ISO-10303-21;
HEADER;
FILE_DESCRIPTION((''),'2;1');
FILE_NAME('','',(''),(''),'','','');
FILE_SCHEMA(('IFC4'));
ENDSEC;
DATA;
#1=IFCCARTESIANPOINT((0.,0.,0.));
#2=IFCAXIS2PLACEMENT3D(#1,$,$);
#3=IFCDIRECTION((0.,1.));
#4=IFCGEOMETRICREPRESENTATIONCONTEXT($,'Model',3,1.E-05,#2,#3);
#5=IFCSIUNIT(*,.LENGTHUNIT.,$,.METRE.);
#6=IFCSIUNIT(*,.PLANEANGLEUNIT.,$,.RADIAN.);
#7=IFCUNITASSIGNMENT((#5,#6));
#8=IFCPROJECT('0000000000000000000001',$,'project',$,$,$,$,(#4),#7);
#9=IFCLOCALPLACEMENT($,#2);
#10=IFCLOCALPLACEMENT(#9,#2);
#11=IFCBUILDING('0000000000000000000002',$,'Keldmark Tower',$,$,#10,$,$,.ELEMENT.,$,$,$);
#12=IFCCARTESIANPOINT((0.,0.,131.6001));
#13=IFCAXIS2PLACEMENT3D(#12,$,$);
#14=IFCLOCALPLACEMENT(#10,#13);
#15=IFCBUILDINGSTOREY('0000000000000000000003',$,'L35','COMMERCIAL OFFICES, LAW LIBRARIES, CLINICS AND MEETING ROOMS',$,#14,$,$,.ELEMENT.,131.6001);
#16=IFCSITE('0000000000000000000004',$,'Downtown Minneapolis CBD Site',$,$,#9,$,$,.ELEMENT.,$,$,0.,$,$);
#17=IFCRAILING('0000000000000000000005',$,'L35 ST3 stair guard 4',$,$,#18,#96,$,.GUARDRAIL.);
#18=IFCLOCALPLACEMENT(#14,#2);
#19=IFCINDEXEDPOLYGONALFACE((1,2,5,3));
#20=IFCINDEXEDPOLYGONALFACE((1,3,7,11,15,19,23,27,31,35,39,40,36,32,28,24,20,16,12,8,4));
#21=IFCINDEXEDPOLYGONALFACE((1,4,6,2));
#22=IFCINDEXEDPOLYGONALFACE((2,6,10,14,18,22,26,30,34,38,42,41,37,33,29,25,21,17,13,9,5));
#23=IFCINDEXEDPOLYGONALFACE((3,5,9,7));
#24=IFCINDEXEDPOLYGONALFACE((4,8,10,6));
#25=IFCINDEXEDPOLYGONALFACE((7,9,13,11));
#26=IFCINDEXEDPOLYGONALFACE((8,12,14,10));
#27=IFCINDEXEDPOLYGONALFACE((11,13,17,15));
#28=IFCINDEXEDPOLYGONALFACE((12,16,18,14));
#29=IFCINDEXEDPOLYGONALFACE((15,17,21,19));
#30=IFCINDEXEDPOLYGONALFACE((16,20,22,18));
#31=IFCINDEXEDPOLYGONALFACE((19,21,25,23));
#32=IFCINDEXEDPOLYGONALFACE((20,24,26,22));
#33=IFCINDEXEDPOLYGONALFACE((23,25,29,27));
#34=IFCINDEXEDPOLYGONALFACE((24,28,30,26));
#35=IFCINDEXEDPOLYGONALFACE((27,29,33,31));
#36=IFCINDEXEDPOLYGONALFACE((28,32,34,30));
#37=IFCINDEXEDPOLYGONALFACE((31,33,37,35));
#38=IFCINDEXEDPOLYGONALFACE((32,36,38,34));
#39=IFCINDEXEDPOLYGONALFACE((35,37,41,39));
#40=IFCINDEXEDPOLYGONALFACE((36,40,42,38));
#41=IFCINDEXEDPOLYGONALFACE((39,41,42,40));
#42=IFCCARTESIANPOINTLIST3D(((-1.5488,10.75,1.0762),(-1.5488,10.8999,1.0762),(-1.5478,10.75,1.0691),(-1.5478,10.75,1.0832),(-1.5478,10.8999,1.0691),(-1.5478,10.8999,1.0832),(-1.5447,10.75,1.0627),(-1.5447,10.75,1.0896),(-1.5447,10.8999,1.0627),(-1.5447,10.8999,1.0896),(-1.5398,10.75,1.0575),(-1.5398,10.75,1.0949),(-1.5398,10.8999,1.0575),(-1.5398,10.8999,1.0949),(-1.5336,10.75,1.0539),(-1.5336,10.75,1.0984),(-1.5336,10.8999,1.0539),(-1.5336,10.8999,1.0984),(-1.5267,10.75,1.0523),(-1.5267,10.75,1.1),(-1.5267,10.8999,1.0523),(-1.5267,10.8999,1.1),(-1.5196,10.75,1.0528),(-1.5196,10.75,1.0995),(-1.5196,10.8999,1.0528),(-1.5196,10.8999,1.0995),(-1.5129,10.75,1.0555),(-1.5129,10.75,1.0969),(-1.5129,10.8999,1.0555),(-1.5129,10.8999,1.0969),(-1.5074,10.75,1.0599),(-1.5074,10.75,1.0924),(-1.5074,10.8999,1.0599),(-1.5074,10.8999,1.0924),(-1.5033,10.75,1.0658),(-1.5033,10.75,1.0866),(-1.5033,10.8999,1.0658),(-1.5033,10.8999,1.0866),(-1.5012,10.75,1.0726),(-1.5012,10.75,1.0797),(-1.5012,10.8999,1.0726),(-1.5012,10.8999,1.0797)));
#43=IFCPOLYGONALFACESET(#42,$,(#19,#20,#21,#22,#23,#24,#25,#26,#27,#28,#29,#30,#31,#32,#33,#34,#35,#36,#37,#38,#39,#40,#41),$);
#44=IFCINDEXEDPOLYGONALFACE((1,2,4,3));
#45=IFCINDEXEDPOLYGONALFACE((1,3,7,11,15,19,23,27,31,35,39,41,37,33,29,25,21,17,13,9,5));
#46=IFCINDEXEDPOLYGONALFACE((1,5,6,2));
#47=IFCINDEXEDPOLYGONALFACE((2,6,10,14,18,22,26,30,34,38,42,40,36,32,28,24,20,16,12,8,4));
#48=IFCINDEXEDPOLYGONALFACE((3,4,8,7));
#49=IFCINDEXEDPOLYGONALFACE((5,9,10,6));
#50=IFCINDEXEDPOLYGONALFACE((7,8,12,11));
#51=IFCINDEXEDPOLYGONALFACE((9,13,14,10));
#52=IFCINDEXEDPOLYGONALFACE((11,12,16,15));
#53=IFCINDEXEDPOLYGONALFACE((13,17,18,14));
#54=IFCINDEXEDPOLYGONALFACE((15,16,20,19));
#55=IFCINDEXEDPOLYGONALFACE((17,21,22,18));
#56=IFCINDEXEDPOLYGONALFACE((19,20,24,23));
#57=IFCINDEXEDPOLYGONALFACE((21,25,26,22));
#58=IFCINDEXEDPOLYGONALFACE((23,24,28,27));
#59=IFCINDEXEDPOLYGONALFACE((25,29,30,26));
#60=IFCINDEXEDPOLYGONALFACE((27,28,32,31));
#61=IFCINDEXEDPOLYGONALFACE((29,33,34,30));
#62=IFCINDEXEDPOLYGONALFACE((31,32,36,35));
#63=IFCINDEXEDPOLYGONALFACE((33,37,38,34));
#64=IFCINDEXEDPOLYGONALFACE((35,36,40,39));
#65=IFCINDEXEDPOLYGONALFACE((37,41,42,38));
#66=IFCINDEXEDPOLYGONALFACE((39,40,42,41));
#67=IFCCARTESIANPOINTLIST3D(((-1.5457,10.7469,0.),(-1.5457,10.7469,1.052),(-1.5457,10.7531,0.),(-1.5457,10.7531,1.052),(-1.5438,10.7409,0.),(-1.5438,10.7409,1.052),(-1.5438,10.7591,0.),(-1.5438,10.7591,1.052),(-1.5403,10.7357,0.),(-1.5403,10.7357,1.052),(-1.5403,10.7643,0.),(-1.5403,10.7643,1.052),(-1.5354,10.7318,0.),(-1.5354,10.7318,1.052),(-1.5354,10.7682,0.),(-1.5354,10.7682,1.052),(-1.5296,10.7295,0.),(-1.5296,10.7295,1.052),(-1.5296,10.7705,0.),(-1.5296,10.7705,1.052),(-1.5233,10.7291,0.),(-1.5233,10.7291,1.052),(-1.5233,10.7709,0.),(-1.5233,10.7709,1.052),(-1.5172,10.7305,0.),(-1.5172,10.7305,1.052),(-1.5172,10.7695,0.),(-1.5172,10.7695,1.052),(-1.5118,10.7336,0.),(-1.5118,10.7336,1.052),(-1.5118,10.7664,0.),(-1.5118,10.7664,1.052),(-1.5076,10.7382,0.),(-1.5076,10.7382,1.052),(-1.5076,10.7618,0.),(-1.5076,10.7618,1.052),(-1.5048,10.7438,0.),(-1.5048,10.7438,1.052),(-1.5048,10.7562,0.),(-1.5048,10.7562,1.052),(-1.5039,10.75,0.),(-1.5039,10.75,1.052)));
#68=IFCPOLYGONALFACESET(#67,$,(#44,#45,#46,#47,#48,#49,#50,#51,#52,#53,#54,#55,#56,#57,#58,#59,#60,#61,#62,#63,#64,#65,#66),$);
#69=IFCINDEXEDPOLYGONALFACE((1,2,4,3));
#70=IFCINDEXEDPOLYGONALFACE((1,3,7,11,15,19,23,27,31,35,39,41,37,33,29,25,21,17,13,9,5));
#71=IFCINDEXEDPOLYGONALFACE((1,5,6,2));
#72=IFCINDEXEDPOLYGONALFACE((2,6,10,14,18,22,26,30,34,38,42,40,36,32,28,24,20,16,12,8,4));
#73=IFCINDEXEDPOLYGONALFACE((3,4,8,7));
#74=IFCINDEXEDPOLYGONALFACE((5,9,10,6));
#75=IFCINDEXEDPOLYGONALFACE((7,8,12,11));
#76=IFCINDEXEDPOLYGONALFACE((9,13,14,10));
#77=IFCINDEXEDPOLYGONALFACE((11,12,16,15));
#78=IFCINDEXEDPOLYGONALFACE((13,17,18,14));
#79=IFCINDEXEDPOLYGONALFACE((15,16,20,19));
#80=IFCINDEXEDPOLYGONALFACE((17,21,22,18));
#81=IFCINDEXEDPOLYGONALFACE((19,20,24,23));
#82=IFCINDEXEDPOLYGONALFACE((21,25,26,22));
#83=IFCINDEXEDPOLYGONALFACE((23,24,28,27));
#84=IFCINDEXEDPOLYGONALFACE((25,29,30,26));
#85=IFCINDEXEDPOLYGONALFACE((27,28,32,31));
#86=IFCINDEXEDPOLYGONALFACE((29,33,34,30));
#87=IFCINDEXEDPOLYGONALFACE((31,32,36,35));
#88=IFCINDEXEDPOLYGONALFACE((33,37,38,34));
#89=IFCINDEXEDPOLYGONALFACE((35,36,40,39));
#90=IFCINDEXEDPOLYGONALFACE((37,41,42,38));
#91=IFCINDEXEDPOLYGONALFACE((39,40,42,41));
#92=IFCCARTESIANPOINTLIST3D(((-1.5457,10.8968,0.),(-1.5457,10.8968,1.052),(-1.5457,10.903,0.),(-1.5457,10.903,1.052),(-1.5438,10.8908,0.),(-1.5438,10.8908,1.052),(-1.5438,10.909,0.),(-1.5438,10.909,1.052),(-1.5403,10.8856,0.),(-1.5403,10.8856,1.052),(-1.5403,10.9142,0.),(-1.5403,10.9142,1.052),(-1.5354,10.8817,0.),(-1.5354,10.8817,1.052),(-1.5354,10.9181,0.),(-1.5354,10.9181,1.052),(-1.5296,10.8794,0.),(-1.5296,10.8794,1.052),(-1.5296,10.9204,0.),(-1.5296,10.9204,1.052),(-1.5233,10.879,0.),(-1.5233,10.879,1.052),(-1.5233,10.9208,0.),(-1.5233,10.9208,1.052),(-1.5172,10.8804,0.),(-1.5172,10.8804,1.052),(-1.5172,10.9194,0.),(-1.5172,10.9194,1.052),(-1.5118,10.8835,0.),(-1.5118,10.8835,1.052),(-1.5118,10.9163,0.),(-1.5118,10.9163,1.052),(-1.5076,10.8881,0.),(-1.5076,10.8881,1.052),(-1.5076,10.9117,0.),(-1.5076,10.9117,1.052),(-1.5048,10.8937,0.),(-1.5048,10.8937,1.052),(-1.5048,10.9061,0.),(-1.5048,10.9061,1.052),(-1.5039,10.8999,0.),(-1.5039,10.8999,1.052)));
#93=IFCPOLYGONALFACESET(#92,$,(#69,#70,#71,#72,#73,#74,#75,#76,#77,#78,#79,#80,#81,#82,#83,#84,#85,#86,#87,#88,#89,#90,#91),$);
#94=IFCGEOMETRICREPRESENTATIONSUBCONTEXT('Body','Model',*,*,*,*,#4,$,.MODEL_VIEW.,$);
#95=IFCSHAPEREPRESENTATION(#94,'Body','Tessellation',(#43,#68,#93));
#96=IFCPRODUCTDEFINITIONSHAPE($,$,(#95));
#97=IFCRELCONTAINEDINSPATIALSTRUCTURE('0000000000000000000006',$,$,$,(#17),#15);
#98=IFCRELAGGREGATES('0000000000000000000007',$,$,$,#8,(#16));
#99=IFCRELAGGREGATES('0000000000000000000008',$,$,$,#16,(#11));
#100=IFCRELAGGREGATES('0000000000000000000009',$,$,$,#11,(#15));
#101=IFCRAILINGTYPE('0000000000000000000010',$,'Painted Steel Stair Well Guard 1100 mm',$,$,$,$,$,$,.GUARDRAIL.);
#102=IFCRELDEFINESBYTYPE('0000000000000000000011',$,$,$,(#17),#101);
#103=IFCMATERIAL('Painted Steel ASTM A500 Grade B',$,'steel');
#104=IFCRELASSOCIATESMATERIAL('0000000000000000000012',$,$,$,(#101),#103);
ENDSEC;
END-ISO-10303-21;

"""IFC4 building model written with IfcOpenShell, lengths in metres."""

from ifc_helpers import new_model, si_unit, direction, frame, origin, origin_2d, place, context, subcontext, project, spatial, circle, extrude, material, type_object, element, save


model = new_model("IFC4")

# Units and contexts
model_context = context("Model", 3, precision=1e-05, world=origin(), true_north=direction((0.0, 1.0)))
body_context = subcontext(model_context, "Body", "Model", "MODEL_VIEW")
ifc_project = project(units=[si_unit("LENGTHUNIT", "METRE"), si_unit("PLANEANGLEUNIT", "RADIAN")], contexts=[model_context])

# Site, building, storey
site_placement = place(None, origin())
site = spatial("IfcSite", under=ifc_project, at=site_placement, Name="Downtown Minneapolis CBD Site", CompositionType="ELEMENT", RefElevation=0.0)
building_placement = place(site_placement, origin())
building = spatial("IfcBuilding", under=site, at=building_placement, Name="Keldmark Tower", CompositionType="ELEMENT")
storey_placement = place(building_placement, frame((0.0, 0.0, 131.6001)))
storey = spatial("IfcBuildingStorey", under=building, at=storey_placement, Name="L35", Description="COMMERCIAL OFFICES, LAW LIBRARIES, CLINICS AND MEETING ROOMS", CompositionType="ELEMENT", Elevation=131.6001)

# Railing
ifc_material_1 = material(Name="Painted Steel ASTM A500 Grade B", Category="steel")
railing_type_1 = type_object("IfcRailingType", Name="Painted Steel Stair Well Guard 1100 mm", PredefinedType="GUARDRAIL", material=ifc_material_1)
railing_1_placement = place(storey_placement, frame((-1.5249, 10.75, 0.0)))
element("IfcRailing", 1, at=railing_1_placement, inside=storey, type_object=railing_type_1, Name="L35 ST3 stair guard 4", PredefinedType="GUARDRAIL", context=body_context, shape_type="SweptSolid", body=[
    extrude(circle(Radius=0.0239, at=origin_2d()), frame((0.0, 0.0, 1.0762), z_axis=(0.0, 1.0, 0.0), x_axis=(-1.0, 0.0, 0.0)), (0.0, 0.0, 1.0), 0.1499),
    extrude(circle(Radius=0.021, at=origin_2d()), origin(), (0.0, 0.0, 1.0), 1.052),
    extrude(circle(Radius=0.021, at=origin_2d()), frame((0.0, 0.1499, 0.0)), (0.0, 0.0, 1.0), 1.052),
])

save(model, "model.ifc")
